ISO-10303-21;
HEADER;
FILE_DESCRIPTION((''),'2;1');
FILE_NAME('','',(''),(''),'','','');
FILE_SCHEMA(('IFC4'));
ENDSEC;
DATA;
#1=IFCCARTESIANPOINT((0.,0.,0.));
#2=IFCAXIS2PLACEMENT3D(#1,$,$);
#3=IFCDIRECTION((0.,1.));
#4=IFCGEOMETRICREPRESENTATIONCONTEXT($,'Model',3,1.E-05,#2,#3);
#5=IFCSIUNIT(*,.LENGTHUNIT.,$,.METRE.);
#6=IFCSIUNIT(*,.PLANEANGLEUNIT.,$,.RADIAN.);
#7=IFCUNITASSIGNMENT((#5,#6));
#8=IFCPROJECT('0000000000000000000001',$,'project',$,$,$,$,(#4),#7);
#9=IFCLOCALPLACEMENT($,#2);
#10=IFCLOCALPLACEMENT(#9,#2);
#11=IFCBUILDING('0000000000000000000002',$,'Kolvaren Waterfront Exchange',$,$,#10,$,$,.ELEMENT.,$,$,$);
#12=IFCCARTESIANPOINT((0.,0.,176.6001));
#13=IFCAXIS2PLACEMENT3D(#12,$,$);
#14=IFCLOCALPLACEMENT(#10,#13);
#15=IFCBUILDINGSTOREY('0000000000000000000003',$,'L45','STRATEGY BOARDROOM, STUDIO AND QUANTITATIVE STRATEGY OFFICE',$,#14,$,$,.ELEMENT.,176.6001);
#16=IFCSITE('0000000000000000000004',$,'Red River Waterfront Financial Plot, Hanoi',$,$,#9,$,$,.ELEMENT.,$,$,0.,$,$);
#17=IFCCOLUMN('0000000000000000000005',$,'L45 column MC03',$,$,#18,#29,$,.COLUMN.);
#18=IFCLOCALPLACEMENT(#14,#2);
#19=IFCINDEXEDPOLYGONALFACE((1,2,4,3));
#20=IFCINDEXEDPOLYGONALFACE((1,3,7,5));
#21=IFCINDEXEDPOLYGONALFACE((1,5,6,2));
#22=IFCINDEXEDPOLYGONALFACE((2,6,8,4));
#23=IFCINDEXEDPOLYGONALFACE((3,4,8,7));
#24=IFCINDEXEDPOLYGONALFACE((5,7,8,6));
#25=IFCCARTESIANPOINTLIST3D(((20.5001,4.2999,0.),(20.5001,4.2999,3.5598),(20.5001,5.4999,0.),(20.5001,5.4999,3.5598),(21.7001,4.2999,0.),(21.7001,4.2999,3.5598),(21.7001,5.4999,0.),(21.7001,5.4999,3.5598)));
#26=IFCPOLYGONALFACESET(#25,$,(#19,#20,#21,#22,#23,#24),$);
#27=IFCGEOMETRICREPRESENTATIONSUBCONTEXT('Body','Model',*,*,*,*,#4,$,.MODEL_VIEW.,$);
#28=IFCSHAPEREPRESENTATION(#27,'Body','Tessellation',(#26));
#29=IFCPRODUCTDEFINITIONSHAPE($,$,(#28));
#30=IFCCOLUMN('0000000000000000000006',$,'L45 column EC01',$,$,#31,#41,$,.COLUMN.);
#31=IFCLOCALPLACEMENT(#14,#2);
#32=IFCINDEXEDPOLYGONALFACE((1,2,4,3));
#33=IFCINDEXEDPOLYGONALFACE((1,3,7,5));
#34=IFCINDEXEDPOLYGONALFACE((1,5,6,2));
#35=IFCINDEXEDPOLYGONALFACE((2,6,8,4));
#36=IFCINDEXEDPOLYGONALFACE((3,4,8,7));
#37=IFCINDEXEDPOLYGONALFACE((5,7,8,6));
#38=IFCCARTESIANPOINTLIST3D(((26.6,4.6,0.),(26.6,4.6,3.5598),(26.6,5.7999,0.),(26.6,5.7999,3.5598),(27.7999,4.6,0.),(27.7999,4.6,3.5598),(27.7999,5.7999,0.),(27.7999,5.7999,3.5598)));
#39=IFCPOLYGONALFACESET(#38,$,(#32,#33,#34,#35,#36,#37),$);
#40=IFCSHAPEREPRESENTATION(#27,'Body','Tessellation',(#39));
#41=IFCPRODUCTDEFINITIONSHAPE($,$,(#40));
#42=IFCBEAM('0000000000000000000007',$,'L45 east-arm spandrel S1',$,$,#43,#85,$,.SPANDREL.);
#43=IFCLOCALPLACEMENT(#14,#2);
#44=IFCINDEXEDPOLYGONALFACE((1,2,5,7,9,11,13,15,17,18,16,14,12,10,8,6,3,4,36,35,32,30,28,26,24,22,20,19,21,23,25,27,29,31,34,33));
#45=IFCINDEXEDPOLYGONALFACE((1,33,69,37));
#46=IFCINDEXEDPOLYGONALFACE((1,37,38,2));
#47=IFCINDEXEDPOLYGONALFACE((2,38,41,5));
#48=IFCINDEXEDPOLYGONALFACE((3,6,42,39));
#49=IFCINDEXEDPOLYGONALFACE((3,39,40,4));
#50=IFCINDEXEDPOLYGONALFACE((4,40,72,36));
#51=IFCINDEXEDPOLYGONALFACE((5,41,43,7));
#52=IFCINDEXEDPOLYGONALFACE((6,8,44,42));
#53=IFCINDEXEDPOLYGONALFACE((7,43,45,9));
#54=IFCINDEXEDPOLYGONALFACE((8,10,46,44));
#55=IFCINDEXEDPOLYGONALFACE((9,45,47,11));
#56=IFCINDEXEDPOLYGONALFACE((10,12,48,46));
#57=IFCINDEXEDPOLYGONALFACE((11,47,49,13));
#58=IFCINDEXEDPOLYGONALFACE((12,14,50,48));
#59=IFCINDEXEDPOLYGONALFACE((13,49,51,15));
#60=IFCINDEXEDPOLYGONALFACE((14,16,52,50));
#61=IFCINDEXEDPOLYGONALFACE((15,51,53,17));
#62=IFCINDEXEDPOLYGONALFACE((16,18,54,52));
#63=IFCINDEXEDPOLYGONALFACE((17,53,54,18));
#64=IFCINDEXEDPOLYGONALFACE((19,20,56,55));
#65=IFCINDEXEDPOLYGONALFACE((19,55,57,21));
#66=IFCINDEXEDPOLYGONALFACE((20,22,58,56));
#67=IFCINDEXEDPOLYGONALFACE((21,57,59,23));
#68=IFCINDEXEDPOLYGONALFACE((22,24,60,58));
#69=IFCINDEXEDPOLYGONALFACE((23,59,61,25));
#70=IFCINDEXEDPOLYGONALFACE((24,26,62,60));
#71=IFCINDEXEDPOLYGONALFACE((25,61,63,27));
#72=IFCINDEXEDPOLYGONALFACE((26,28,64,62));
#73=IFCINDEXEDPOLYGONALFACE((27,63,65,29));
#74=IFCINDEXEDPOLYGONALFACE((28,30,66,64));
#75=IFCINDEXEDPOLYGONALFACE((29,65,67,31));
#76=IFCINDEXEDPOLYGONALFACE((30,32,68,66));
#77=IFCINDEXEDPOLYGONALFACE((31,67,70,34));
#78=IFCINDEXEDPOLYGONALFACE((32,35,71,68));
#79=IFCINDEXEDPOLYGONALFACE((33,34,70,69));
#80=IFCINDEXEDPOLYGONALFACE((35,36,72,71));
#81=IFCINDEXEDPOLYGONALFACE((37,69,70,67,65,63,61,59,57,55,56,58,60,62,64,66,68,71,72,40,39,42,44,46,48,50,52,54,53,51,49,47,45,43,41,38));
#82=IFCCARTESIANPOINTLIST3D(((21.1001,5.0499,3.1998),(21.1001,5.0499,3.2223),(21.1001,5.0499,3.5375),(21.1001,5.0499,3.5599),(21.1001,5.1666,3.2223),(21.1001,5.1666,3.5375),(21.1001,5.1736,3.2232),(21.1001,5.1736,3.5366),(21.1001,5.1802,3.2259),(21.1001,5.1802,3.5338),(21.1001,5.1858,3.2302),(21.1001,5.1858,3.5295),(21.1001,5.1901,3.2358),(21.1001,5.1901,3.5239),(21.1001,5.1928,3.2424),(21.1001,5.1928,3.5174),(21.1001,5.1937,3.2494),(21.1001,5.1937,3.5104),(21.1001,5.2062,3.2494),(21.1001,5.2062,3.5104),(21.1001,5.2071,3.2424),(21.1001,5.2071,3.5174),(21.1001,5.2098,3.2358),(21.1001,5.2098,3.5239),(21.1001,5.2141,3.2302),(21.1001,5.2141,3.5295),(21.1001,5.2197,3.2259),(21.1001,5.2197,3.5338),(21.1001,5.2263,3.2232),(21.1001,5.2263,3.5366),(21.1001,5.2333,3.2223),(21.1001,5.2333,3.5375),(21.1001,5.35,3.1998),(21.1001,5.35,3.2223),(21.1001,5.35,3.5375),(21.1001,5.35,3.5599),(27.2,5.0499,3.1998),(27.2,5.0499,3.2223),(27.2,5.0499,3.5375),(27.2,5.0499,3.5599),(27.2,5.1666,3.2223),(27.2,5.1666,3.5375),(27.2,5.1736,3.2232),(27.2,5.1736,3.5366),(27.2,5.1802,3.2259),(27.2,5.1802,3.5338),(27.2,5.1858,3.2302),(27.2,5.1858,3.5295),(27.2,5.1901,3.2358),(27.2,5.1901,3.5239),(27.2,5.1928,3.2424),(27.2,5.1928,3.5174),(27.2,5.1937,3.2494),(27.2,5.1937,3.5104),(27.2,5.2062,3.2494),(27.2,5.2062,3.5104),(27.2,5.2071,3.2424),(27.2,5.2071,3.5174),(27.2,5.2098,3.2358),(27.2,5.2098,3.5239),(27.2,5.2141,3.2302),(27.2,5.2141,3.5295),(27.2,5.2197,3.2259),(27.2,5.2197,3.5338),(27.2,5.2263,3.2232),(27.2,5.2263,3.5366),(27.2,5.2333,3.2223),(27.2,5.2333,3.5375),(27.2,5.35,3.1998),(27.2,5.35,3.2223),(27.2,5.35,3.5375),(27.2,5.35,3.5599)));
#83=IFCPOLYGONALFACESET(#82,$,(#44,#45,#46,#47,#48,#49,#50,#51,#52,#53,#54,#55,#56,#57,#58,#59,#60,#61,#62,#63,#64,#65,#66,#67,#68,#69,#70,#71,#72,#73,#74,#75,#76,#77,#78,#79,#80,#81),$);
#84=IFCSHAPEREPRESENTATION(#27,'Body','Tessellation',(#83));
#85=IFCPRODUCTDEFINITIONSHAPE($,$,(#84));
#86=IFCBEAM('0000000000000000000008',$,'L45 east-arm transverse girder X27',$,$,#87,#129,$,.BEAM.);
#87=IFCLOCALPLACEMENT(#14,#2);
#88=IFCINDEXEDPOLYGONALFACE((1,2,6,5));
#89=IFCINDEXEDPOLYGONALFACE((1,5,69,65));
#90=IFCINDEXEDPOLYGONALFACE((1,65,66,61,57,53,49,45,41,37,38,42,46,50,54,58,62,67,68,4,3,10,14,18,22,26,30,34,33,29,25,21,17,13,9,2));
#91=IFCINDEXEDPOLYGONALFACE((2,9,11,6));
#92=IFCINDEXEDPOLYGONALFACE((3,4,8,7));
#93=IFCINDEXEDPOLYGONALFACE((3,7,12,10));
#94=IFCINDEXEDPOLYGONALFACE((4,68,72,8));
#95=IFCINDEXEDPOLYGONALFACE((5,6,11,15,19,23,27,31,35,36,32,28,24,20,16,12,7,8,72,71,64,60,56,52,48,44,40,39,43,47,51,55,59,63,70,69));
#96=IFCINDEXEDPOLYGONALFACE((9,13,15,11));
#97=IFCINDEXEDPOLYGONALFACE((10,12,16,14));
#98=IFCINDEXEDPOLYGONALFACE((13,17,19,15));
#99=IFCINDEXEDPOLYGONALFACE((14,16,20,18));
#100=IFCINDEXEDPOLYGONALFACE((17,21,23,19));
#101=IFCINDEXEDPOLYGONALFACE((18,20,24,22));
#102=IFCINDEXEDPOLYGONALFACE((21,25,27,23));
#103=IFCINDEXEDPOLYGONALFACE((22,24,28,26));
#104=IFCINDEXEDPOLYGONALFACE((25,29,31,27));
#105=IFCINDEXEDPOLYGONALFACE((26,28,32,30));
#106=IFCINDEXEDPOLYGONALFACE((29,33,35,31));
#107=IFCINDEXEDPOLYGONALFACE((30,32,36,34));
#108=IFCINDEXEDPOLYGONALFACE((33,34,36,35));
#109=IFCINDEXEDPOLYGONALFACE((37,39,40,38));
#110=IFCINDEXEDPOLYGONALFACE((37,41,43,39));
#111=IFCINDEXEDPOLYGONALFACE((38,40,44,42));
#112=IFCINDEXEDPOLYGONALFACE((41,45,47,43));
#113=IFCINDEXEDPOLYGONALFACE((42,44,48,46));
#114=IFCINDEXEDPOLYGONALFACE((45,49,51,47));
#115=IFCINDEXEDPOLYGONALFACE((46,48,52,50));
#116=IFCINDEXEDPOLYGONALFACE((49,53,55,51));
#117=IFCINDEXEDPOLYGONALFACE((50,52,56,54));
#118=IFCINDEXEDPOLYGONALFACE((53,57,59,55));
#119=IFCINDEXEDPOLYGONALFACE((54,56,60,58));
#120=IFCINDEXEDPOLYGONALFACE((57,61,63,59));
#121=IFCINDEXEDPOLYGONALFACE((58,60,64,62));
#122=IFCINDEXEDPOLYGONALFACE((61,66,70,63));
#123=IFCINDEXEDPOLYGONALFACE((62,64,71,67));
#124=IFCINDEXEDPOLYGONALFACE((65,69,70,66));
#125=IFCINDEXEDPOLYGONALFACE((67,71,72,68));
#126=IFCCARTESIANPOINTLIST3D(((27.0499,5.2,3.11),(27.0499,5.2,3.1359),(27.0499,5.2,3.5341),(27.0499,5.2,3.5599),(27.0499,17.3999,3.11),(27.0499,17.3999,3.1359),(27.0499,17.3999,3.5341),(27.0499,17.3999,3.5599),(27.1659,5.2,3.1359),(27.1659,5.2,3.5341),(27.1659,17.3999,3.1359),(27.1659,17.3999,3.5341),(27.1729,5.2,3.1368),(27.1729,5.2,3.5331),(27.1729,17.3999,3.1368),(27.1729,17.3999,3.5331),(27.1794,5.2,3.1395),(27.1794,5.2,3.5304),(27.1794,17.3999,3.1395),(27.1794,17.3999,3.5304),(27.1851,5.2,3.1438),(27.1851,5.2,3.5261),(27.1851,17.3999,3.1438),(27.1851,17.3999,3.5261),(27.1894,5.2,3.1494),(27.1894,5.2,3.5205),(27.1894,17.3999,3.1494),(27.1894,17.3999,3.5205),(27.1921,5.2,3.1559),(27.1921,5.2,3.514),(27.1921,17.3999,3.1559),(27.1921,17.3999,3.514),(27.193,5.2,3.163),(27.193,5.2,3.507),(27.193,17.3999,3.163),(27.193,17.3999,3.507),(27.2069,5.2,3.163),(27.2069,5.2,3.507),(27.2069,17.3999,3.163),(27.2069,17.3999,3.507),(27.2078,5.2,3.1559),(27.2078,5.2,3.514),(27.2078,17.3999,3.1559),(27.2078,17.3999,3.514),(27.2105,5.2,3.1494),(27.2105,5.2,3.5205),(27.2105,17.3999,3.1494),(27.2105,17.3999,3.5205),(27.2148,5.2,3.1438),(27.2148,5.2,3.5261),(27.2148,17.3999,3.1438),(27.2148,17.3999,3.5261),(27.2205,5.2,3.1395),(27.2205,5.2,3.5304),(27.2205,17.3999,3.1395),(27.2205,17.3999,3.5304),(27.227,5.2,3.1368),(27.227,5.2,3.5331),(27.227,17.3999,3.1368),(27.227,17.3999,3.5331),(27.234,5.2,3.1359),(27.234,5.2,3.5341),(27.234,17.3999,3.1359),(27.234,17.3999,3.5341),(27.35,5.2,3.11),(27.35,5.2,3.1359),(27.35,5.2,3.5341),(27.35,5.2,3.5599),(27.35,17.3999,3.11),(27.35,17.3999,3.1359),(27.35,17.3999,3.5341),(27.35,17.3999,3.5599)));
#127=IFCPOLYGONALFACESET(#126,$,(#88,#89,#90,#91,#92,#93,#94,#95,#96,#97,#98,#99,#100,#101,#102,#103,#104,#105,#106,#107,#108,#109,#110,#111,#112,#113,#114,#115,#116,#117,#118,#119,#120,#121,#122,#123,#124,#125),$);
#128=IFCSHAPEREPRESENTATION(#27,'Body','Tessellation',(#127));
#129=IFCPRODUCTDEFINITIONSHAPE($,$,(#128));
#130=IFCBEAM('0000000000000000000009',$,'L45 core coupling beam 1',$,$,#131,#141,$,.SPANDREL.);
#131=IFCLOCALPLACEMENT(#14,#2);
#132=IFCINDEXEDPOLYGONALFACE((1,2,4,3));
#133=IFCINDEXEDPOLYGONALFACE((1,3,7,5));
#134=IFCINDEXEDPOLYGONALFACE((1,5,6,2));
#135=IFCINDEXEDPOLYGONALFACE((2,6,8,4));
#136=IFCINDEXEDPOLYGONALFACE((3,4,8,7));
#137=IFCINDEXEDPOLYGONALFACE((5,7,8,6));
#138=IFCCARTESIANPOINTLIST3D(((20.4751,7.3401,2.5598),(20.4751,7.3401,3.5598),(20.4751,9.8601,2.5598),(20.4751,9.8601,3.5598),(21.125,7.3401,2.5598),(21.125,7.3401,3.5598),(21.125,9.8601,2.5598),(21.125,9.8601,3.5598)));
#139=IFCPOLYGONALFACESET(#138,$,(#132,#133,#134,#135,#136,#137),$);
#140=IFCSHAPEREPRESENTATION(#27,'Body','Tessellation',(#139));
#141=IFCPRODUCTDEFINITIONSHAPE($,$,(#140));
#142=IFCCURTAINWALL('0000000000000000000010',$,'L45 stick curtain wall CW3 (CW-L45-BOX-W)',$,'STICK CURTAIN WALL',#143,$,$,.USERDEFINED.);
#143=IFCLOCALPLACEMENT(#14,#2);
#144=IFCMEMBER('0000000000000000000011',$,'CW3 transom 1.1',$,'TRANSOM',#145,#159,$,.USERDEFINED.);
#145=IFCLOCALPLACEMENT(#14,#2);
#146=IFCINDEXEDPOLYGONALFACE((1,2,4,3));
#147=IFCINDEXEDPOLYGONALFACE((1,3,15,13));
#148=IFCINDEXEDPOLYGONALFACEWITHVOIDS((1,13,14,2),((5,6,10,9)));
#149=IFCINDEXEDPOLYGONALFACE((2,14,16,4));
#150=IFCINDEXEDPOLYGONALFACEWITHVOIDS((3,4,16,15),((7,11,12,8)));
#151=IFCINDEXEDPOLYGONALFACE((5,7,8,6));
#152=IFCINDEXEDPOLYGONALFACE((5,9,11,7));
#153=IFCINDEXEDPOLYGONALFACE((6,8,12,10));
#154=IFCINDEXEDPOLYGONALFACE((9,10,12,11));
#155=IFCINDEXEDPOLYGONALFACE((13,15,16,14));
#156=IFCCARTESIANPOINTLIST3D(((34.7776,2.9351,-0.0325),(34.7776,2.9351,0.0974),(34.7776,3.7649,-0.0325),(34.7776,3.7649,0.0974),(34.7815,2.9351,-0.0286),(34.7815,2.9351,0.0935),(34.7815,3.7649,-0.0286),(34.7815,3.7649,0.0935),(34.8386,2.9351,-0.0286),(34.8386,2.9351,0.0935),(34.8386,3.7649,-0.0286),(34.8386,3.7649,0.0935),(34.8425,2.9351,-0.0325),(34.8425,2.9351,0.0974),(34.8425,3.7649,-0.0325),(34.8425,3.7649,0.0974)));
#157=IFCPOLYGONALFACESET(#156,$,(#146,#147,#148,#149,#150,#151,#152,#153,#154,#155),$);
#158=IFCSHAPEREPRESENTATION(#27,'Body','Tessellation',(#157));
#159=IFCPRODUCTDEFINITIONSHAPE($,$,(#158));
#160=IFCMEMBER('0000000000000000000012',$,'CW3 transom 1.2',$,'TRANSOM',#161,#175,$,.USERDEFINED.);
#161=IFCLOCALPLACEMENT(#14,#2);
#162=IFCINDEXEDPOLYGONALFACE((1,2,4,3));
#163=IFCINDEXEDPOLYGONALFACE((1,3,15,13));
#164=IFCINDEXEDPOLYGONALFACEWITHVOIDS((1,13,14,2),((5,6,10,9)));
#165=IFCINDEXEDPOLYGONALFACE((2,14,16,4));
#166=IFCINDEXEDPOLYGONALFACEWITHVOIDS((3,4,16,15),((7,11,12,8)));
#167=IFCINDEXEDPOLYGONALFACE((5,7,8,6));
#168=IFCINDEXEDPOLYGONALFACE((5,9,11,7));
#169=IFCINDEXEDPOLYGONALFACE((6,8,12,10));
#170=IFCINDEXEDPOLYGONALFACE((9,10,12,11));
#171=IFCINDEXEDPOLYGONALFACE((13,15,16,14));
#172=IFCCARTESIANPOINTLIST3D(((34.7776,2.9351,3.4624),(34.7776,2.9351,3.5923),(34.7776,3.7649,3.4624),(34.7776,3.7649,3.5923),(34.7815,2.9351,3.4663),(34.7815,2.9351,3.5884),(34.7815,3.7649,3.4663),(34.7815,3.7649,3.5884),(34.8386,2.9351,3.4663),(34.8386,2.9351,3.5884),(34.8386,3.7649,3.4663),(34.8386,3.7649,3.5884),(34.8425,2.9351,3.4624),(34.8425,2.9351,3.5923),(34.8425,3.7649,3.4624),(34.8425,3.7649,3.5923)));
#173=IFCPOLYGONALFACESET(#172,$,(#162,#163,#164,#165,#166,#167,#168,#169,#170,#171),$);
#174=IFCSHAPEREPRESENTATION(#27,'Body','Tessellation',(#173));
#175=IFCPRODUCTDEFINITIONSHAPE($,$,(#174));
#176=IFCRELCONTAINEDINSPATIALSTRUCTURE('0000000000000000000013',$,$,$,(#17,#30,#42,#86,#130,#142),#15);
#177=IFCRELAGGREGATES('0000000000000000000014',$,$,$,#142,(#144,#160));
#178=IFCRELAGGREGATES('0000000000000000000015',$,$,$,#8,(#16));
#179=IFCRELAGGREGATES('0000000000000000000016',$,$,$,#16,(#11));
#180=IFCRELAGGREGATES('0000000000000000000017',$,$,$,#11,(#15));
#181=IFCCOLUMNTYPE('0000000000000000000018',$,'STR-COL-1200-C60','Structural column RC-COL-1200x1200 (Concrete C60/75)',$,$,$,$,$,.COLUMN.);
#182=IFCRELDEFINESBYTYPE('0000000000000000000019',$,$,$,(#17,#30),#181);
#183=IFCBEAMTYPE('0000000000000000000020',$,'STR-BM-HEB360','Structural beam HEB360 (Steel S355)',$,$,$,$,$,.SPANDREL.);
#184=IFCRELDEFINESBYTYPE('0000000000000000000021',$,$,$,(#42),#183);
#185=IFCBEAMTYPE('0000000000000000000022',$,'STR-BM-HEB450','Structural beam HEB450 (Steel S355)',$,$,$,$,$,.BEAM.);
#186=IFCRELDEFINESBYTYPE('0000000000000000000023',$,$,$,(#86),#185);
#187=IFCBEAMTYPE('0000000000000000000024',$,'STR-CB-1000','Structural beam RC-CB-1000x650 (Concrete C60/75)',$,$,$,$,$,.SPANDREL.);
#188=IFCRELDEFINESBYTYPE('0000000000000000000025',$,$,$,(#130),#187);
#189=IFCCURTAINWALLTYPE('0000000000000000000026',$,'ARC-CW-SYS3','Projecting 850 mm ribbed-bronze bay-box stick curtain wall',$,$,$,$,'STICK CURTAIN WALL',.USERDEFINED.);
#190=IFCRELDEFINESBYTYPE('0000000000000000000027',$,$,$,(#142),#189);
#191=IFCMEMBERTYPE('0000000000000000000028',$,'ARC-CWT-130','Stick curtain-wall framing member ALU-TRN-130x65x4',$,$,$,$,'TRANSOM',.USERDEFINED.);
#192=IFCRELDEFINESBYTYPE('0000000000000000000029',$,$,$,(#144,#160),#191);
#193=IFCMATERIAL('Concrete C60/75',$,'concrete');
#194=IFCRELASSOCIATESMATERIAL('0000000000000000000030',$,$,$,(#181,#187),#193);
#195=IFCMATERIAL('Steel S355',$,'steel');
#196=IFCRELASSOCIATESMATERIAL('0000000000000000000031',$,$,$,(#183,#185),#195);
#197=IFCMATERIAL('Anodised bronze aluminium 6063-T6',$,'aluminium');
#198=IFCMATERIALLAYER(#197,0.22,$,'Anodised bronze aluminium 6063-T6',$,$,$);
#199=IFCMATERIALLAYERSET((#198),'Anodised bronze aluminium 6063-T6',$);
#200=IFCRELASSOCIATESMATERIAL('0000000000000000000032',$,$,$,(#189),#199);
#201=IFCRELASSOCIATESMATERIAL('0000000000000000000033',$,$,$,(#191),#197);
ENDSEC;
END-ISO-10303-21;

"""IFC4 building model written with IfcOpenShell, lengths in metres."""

from ifc_helpers import new_model, si_unit, direction, frame, origin, origin_with_axes, origin_2d, place, context, subcontext, project, spatial, rectangle, hollow_rectangle, i_section, extrude, source, transform, mapped, material, layer, layer_set, material_profile, profile_set, type_object, element, aggregate, save


model = new_model("IFC4")

# Units and contexts
model_context = context("Model", 3, precision=1e-05, world=origin(), true_north=direction((0.0, 1.0)))
body_context = subcontext(model_context, "Body", "Model", "MODEL_VIEW")
ifc_project = project(units=[si_unit("LENGTHUNIT", "METRE"), si_unit("PLANEANGLEUNIT", "RADIAN")], contexts=[model_context])

# Site, building, storey
site_placement = place(None, origin())
site = spatial("IfcSite", under=ifc_project, at=site_placement, Name="Red River Waterfront Financial Plot, Hanoi", CompositionType="ELEMENT", RefElevation=0.0)
building_placement = place(site_placement, origin())
building = spatial("IfcBuilding", under=site, at=building_placement, Name="Kolvaren Waterfront Exchange", CompositionType="ELEMENT")
storey_placement = place(building_placement, frame((0.0, 0.0, 176.6001)))
storey = spatial("IfcBuildingStorey", under=building, at=storey_placement, Name="L45", Description="STRATEGY BOARDROOM, STUDIO AND QUANTITATIVE STRATEGY OFFICE", CompositionType="ELEMENT", Elevation=176.6001)

# Columns
ifc_material_1 = material(Name="Concrete C60/75", Category="concrete")
ifc_material_profile_1 = material_profile(ifc_material_1, rectangle(XDim=1.2, YDim=1.2, at=origin_2d()), Name="RC-COL-1200x1200")
ifc_profile_set_1 = profile_set([ifc_material_profile_1], Name="Concrete C60/75")
column_type = type_object("IfcColumnType", Name="STR-COL-1200-C60", Description="Structural column RC-COL-1200x1200 (Concrete C60/75)", PredefinedType="COLUMN", material=ifc_profile_set_1)
for number, where, z_axis, x_axis, name in (
    (1, (21.1001, 4.8999, 0.0), (0.0, 0.0, 1.0), (1.0, 0.0, 0.0), "L45 column MC03"),
    (2, (27.2, 5.2, 0.0), (0.0, 0.0, 1.0), (1.0, 0.0, 0.0), "L45 column EC01"),
):
    element("IfcColumn", number, at=place(storey_placement, frame(where, z_axis=z_axis, x_axis=x_axis)), inside=storey, type_object=column_type, Name=name, PredefinedType="COLUMN", context=body_context, shape_type="SweptSolid", body=[
        extrude(rectangle(XDim=1.2, YDim=1.2, at=origin_2d()), origin(), (0.0, 0.0, 1.0), 3.5598),
    ])

# Beams
ifc_material_2 = material(Name="Steel S355", Category="steel")
ifc_material_profile_2 = material_profile(ifc_material_2, i_section(OverallWidth=0.3, OverallDepth=0.3601, WebThickness=0.0125, FlangeThickness=0.0225, FilletRadius=0.0271, at=origin_2d()), Name="HEB360")
ifc_profile_set_2 = profile_set([ifc_material_profile_2], Name="Steel S355")
beam_type_1 = type_object("IfcBeamType", Name="STR-BM-HEB360", Description="Structural beam HEB360 (Steel S355)", PredefinedType="SPANDREL", material=ifc_profile_set_2)
beam_1_placement = place(storey_placement, frame((21.1001, 5.2, 3.3799), z_axis=(1.0, 0.0, 0.0), x_axis=(0.0, 1.0, 0.0)))
element("IfcBeam", 3, at=beam_1_placement, inside=storey, type_object=beam_type_1, Name="L45 east-arm spandrel S1", PredefinedType="SPANDREL", context=body_context, shape_type="SweptSolid", body=[
    extrude(i_section(OverallWidth=0.3, OverallDepth=0.3601, WebThickness=0.0125, FlangeThickness=0.0225, FilletRadius=0.0271, at=origin_2d()), origin(), (0.0, 0.0, 1.0), 6.0999),
])
ifc_material_profile_3 = material_profile(ifc_material_2, i_section(OverallWidth=0.3, OverallDepth=0.45, WebThickness=0.0139, FlangeThickness=0.0259, FilletRadius=0.0271, at=origin_2d()), Name="HEB450")
ifc_profile_set_3 = profile_set([ifc_material_profile_3], Name="Steel S355")
beam_type_2 = type_object("IfcBeamType", Name="STR-BM-HEB450", Description="Structural beam HEB450 (Steel S355)", PredefinedType="BEAM", material=ifc_profile_set_3)
beam_2_placement = place(storey_placement, frame((27.2, 5.2, 3.335), z_axis=(0.0, 1.0, 0.0), x_axis=(-1.0, 0.0, 0.0)))
element("IfcBeam", 4, at=beam_2_placement, inside=storey, type_object=beam_type_2, Name="L45 east-arm transverse girder X27", PredefinedType="BEAM", context=body_context, shape_type="SweptSolid", body=[
    extrude(i_section(OverallWidth=0.3, OverallDepth=0.45, WebThickness=0.0139, FlangeThickness=0.0259, FilletRadius=0.0271, at=origin_2d()), origin(), (0.0, 0.0, 1.0), 12.2),
])
ifc_material_profile_4 = material_profile(ifc_material_1, rectangle(XDim=0.6499, YDim=1.0, at=origin_2d()), Name="RC-CB-1000x650")
ifc_profile_set_4 = profile_set([ifc_material_profile_4], Name="Concrete C60/75")
beam_type_3 = type_object("IfcBeamType", Name="STR-CB-1000", Description="Structural beam RC-CB-1000x650 (Concrete C60/75)", PredefinedType="SPANDREL", material=ifc_profile_set_4)
beam_3_placement = place(storey_placement, frame((20.8, 7.3401, 3.0598), z_axis=(0.0, 1.0, 0.0), x_axis=(-1.0, 0.0, 0.0)))
element("IfcBeam", 5, at=beam_3_placement, inside=storey, type_object=beam_type_3, Name="L45 core coupling beam 1", PredefinedType="SPANDREL", context=body_context, shape_type="SweptSolid", body=[
    extrude(rectangle(XDim=0.6499, YDim=1.0, at=origin_2d()), origin(), (0.0, 0.0, 1.0), 2.52),
])

# Curtain wall, members
ifc_material_3 = material(Name="Anodised bronze aluminium 6063-T6", Category="aluminium")
ifc_layer_1 = layer(ifc_material_3, 0.22, Name="Anodised bronze aluminium 6063-T6")
ifc_layer_set_1 = layer_set([ifc_layer_1], Name="Anodised bronze aluminium 6063-T6")
curtain_wall_type_1 = type_object("IfcCurtainWallType", Name="ARC-CW-SYS3", Description="Projecting 850 mm ribbed-bronze bay-box stick curtain wall", ElementType="STICK CURTAIN WALL", PredefinedType="USERDEFINED", material=ifc_layer_set_1)
curtain_wall_1_placement = place(storey_placement, origin())
curtain_wall_1 = element("IfcCurtainWall", 6, at=curtain_wall_1_placement, inside=storey, type_object=curtain_wall_type_1, Name="L45 stick curtain wall CW3 (CW-L45-BOX-W)", ObjectType="STICK CURTAIN WALL", PredefinedType="USERDEFINED")
ifc_material_profile_5 = material_profile(ifc_material_3, hollow_rectangle(XDim=0.0649, YDim=0.1299, WallThickness=0.0039, at=origin_2d()), Name="ALU-TRN-130x65x4")
ifc_profile_set_5 = profile_set([ifc_material_profile_5], Name="Anodised bronze aluminium 6063-T6")
member_type_1 = type_object("IfcMemberType", Name="ARC-CWT-130", Description="Stick curtain-wall framing member ALU-TRN-130x65x4", ElementType="TRANSOM", PredefinedType="USERDEFINED", material=ifc_profile_set_5)
shared_shape_1 = source(origin_with_axes(), body_context, "Body", "SweptSolid", [
    extrude(hollow_rectangle(XDim=0.0649, YDim=0.1299, WallThickness=0.0039, at=origin_2d()), origin(), (0.0, 0.0, 1.0), 0.8298),
])
member_1_placement = place(storey_placement, frame((34.8101, 3.7649, 0.0325), z_axis=(0.0, -1.0, 0.0), x_axis=(1.0, 0.0, 0.0)))
member_1 = element("IfcMember", 7, at=member_1_placement, type_object=member_type_1, Name="CW3 transom 1.1", ObjectType="TRANSOM", PredefinedType="USERDEFINED", context=body_context, shape_type="MappedRepresentation", body=[
    mapped(shared_shape_1, transform((0.0, 0.0, 0.0), x_axis=(1.0, 0.0, 0.0), y_axis=(0.0, 1.0, 0.0), z_axis=(0.0, 0.0, 1.0), scale=1.0)),
])
member_2_placement = place(storey_placement, frame((34.8101, 3.7649, 3.5273), z_axis=(0.0, -1.0, 0.0), x_axis=(1.0, 0.0, 0.0)))
member_2 = element("IfcMember", 8, at=member_2_placement, type_object=member_type_1, Name="CW3 transom 1.2", ObjectType="TRANSOM", PredefinedType="USERDEFINED", context=body_context, shape_type="MappedRepresentation", body=[
    mapped(shared_shape_1, transform((0.0, 0.0, 0.0), x_axis=(1.0, 0.0, 0.0), y_axis=(0.0, 1.0, 0.0), z_axis=(0.0, 0.0, 1.0), scale=1.0)),
])

aggregate(curtain_wall_1, [member_1, member_2])

save(model, "model.ifc")
